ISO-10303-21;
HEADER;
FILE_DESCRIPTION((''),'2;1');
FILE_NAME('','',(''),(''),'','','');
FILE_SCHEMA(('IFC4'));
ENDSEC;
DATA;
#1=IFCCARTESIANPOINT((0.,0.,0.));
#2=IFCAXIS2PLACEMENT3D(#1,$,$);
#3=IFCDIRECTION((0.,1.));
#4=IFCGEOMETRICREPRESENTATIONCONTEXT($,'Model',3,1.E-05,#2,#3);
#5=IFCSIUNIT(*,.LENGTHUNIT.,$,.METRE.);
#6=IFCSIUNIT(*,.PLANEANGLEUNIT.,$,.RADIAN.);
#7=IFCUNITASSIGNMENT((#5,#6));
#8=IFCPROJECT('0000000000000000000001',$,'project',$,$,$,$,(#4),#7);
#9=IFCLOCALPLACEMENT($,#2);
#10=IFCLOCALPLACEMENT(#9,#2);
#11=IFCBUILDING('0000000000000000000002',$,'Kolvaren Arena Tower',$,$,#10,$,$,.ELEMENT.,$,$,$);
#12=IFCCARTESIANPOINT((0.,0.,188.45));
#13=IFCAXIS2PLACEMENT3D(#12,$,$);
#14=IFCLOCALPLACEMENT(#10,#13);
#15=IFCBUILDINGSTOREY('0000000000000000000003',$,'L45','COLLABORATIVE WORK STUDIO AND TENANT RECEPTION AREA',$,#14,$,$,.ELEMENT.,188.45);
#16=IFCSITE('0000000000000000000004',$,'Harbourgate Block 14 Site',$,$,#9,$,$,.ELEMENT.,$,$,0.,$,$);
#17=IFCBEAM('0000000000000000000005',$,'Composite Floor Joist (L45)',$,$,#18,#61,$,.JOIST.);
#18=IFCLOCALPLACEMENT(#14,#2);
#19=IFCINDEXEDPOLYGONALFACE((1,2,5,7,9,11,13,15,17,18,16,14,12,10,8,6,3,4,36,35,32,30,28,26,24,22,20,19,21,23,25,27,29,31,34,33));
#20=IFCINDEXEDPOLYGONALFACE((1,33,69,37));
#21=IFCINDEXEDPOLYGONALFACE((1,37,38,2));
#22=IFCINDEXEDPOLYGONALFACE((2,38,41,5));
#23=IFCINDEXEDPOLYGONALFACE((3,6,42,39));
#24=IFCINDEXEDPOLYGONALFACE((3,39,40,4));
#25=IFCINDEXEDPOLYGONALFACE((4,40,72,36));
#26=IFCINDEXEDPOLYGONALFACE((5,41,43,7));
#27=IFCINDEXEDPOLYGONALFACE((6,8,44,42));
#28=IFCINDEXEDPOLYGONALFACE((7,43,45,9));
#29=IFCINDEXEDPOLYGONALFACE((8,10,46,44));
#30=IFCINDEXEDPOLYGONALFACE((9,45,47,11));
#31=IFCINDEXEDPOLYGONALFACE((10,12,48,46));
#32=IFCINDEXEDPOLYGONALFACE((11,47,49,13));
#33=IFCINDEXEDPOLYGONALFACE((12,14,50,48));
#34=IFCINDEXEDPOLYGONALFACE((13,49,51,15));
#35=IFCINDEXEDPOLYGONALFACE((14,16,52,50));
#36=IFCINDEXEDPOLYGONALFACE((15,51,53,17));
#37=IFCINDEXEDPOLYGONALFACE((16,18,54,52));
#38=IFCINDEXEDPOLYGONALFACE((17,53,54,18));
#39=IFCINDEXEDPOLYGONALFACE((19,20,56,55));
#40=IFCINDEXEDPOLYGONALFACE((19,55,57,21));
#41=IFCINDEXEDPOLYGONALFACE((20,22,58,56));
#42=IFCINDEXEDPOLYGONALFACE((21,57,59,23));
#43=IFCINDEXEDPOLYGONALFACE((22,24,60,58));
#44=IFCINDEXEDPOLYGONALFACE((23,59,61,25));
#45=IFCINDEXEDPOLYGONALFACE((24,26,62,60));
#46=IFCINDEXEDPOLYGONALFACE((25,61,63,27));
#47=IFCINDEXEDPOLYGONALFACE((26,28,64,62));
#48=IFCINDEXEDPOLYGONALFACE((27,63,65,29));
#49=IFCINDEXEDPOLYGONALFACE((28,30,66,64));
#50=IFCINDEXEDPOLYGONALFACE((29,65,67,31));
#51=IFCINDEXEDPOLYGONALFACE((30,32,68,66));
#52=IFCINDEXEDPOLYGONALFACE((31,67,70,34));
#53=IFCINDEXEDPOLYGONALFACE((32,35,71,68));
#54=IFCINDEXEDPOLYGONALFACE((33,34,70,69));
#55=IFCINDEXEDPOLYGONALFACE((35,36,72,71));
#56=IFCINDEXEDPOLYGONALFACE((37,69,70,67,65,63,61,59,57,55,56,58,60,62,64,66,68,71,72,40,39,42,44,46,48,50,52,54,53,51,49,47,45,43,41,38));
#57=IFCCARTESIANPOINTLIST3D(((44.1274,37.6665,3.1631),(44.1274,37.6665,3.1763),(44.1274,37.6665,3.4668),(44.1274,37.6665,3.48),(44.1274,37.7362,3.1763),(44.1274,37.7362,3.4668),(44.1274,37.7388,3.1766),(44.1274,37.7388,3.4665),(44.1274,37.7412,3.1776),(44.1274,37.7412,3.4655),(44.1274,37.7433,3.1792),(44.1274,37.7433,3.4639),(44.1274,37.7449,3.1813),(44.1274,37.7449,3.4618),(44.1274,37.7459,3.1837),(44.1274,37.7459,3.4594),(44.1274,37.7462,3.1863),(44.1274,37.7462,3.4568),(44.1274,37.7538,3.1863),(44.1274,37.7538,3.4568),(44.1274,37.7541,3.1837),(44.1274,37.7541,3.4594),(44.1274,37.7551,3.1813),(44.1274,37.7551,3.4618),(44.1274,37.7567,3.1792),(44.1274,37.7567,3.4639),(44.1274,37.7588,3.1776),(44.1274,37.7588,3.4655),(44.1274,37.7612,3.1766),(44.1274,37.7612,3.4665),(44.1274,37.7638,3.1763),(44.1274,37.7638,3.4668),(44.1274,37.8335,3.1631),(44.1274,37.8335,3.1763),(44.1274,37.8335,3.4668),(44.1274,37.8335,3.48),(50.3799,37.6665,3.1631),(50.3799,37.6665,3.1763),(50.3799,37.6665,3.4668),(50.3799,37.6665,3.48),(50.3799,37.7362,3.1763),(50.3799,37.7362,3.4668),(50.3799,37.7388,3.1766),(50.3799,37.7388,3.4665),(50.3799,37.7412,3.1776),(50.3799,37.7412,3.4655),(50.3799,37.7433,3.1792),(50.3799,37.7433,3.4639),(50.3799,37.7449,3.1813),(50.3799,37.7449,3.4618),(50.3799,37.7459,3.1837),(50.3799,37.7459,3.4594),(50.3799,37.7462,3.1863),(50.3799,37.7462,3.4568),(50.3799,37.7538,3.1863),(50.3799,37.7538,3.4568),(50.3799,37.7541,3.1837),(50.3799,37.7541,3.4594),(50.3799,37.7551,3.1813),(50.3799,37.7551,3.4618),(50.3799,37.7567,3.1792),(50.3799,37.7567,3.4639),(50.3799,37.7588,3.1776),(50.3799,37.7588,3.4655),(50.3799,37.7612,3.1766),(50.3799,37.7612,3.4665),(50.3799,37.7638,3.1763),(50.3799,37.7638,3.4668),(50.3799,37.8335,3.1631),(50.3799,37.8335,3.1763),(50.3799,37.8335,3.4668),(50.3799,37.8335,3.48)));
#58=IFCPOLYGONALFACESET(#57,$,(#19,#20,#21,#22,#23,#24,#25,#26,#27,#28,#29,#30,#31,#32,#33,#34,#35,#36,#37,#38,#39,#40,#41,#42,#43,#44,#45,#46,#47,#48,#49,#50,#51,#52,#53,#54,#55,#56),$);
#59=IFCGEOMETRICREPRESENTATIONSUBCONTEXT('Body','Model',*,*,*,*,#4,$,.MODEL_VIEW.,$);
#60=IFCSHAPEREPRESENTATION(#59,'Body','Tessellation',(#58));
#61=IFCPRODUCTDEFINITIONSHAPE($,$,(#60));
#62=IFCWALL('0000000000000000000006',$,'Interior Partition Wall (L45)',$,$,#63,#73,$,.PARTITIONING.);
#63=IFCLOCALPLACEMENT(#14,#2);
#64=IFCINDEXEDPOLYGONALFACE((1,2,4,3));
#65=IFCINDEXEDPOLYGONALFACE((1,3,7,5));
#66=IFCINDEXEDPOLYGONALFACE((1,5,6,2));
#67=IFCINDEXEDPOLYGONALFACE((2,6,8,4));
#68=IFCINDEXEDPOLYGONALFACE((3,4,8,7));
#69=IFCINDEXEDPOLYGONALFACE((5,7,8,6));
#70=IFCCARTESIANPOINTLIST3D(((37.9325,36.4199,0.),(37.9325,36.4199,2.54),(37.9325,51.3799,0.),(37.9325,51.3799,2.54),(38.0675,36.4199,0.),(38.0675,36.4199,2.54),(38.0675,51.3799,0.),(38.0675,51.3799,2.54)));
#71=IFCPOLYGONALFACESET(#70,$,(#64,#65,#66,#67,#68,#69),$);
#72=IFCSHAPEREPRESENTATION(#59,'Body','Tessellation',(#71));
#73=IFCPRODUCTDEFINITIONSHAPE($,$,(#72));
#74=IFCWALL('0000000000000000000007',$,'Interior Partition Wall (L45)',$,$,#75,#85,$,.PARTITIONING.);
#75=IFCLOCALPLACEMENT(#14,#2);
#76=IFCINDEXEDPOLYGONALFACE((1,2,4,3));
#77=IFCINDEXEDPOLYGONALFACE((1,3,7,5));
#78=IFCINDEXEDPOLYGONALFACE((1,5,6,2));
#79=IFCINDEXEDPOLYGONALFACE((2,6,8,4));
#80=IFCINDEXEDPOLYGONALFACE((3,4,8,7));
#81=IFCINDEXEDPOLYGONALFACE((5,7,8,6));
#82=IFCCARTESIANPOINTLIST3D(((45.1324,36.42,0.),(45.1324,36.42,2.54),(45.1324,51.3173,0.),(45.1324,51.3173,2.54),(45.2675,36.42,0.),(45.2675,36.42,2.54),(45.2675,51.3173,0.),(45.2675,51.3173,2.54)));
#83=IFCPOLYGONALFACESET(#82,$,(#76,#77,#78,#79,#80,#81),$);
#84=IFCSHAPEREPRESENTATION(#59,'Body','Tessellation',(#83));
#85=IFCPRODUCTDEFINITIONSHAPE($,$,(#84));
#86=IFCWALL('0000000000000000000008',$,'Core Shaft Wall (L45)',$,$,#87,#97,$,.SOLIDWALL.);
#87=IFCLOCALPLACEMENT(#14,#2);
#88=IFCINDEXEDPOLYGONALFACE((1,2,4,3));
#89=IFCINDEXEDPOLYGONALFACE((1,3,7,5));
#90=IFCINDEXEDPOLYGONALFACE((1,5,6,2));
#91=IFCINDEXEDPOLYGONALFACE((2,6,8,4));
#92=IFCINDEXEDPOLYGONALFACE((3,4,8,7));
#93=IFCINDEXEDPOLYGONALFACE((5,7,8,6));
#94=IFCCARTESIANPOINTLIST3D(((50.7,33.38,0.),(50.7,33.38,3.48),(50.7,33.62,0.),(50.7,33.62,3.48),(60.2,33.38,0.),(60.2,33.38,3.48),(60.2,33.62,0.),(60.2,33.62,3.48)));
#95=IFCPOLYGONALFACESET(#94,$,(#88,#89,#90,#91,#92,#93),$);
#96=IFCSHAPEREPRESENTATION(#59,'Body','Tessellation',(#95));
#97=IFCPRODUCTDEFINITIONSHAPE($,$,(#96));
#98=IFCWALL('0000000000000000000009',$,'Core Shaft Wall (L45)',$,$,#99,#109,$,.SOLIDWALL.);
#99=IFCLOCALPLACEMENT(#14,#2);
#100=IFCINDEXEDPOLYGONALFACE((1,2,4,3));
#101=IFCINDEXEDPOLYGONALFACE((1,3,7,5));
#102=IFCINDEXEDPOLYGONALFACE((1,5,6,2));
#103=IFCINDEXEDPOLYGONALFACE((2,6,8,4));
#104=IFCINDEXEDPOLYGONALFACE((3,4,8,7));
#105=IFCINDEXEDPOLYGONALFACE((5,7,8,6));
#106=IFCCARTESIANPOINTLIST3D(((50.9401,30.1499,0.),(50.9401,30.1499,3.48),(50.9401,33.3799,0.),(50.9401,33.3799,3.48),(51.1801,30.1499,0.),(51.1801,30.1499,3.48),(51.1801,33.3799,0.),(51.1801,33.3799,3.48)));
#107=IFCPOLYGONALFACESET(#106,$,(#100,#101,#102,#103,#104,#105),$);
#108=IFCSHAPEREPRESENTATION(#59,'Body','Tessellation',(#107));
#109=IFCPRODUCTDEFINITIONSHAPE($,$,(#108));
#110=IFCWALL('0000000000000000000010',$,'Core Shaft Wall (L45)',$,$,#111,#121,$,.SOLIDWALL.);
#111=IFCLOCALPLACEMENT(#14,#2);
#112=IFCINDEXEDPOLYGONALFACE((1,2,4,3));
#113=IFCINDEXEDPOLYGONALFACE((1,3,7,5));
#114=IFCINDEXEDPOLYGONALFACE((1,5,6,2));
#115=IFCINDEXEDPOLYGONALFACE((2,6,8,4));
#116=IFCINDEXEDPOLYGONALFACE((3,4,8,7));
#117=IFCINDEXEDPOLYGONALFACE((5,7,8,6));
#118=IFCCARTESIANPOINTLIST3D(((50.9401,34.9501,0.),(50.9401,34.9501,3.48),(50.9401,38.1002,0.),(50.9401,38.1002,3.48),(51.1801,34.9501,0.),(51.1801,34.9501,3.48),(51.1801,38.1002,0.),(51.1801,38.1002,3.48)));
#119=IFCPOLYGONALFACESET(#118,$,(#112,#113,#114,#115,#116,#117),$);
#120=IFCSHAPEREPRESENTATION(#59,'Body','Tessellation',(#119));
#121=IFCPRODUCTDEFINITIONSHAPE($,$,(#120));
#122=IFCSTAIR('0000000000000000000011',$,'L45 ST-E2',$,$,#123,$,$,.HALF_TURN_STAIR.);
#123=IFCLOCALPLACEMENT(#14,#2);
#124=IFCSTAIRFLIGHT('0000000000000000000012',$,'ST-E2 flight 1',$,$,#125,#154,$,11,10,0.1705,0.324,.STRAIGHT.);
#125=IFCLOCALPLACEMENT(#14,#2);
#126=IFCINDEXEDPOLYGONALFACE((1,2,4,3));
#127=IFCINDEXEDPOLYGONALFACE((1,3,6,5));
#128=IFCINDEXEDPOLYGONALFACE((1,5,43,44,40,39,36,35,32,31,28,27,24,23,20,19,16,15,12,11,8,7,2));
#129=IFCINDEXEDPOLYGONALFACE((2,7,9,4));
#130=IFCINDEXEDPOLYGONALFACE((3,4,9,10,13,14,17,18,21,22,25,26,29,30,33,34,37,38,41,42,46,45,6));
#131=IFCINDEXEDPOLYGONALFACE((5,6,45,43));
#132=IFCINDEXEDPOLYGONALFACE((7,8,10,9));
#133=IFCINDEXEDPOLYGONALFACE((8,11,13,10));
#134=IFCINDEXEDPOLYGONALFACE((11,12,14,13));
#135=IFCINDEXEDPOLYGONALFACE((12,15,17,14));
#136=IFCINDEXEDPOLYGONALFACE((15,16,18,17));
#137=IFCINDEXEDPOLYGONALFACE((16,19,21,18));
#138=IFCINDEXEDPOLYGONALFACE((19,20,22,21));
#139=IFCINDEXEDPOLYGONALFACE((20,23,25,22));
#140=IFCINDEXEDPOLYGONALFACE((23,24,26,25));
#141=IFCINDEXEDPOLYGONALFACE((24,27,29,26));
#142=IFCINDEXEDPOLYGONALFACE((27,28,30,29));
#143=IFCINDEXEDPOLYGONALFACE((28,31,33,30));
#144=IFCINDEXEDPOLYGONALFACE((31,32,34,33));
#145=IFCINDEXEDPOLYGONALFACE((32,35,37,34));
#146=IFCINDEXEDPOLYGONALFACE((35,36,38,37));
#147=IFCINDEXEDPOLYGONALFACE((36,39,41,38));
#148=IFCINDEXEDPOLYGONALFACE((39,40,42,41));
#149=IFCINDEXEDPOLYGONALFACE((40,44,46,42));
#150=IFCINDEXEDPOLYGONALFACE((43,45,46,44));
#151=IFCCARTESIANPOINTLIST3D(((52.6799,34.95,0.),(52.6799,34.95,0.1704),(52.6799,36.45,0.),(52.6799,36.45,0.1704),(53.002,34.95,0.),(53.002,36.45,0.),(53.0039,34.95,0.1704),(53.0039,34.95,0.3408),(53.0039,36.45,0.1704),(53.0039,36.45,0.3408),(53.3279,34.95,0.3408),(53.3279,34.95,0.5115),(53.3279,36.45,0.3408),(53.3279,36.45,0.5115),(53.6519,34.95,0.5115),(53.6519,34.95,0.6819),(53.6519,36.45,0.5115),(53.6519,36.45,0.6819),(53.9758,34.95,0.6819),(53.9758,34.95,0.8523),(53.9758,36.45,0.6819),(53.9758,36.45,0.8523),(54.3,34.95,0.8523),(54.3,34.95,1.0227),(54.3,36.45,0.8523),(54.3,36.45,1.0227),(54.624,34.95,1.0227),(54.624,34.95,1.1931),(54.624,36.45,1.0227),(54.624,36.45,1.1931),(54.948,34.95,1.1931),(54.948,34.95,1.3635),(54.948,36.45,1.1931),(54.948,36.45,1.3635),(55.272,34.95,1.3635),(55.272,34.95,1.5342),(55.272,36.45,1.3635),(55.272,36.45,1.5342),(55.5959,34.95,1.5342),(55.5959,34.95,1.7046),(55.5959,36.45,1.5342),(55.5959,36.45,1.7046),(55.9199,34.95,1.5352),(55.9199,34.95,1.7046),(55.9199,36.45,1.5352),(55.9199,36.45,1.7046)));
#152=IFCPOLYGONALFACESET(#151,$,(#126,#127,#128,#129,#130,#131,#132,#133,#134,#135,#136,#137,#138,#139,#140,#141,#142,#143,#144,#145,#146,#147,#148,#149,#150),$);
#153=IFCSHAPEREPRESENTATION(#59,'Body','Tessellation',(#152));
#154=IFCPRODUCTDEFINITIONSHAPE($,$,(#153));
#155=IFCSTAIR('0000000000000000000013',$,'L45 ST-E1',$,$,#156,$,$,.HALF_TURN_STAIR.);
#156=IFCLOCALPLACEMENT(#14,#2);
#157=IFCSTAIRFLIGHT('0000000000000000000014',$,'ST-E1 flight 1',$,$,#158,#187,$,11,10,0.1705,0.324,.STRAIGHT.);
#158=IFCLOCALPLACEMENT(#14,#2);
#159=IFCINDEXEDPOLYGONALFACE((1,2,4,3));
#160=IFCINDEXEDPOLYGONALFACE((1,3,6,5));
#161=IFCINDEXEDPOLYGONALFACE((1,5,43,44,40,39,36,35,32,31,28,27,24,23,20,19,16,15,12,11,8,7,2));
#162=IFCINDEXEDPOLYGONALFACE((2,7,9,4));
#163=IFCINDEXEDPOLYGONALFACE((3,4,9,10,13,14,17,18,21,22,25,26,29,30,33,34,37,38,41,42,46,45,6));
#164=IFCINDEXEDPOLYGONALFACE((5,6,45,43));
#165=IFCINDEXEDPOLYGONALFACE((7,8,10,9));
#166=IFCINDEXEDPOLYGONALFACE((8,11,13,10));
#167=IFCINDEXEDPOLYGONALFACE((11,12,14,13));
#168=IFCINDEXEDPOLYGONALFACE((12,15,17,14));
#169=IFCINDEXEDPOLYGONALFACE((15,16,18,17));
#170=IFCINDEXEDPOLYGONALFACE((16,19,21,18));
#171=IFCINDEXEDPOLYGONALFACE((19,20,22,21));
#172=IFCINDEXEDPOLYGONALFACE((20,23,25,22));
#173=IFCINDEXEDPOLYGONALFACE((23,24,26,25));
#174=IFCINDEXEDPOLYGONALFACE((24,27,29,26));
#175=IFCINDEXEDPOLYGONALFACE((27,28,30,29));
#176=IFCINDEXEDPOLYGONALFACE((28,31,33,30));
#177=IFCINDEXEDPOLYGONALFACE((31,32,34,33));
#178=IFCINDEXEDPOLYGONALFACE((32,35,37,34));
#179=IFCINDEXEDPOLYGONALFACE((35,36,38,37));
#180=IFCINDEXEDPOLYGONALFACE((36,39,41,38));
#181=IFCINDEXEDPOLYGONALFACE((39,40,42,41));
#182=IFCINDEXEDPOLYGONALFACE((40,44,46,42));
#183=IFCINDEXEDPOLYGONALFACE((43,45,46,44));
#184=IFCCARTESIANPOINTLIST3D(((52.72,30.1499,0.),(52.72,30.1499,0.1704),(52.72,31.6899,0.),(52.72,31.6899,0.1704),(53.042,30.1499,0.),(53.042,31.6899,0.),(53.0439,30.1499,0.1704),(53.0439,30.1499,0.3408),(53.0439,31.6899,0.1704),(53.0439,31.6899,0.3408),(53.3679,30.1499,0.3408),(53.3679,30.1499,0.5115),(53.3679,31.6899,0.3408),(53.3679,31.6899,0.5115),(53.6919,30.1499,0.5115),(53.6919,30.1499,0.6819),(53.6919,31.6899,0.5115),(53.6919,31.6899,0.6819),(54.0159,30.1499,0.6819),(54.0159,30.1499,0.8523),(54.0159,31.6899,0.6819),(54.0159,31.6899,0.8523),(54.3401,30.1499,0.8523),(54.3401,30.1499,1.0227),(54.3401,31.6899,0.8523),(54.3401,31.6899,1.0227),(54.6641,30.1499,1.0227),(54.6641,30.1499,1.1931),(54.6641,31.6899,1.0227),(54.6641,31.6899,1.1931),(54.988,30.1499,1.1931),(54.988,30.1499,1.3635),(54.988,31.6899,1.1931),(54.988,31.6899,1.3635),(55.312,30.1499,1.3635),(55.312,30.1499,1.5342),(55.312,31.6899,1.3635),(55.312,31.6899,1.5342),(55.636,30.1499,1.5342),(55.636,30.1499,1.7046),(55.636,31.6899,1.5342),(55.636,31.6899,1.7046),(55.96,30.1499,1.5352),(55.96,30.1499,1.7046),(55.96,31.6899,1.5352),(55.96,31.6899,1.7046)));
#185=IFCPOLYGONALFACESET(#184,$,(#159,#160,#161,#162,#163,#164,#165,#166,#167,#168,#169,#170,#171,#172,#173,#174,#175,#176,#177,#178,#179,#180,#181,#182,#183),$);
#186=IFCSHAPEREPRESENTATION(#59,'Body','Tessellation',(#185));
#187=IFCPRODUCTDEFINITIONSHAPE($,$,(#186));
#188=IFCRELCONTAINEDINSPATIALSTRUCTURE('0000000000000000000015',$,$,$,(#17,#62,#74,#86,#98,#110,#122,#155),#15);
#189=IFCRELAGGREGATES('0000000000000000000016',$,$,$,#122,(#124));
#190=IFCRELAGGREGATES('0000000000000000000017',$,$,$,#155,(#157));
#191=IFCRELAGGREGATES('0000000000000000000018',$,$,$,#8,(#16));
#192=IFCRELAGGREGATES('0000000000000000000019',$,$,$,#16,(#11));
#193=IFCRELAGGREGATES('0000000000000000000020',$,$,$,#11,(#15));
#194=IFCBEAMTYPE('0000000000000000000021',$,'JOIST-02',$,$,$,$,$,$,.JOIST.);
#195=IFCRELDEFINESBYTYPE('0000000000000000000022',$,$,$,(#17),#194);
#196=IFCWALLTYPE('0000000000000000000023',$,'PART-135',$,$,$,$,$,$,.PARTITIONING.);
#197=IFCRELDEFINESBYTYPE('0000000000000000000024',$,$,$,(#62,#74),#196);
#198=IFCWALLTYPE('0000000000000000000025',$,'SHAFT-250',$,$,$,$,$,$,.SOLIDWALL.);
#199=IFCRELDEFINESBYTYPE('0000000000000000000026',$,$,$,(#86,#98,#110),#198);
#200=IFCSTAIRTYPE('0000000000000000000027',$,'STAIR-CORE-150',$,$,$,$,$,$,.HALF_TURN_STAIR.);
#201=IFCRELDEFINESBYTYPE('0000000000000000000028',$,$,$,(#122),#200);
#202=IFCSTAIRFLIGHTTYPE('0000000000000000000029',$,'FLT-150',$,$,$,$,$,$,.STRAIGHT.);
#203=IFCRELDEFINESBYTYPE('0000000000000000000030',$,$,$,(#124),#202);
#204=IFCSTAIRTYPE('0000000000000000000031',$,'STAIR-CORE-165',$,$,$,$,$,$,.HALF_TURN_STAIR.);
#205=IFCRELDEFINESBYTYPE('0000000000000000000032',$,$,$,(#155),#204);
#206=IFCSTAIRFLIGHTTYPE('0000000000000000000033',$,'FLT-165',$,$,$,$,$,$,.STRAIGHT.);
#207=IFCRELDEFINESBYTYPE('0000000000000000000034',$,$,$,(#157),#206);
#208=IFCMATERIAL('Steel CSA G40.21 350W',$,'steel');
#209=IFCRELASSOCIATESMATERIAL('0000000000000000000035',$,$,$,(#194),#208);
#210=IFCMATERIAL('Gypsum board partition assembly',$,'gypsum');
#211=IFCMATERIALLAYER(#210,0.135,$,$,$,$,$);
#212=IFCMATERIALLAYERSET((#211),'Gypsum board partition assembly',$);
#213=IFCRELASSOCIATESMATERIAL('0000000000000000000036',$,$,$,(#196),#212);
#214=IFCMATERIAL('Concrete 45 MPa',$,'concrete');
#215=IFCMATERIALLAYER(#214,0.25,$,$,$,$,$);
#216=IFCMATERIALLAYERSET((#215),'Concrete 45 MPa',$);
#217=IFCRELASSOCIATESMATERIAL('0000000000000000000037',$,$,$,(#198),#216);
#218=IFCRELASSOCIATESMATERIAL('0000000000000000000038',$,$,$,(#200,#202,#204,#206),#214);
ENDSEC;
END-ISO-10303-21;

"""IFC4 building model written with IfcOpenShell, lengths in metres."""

from ifc_helpers import new_model, si_unit, direction, frame, frame_2d, origin, origin_2d, place, context, subcontext, project, spatial, polyline, rectangle, i_section, outline, extrude, material, layer, layer_set, material_profile, profile_set, type_object, element, aggregate, save


model = new_model("IFC4")

# Units and contexts
model_context = context("Model", 3, precision=1e-05, world=origin(), true_north=direction((0.0, 1.0)))
body_context = subcontext(model_context, "Body", "Model", "MODEL_VIEW")
ifc_project = project(units=[si_unit("LENGTHUNIT", "METRE"), si_unit("PLANEANGLEUNIT", "RADIAN")], contexts=[model_context])

# Site, building, storey
site_placement = place(None, origin())
site = spatial("IfcSite", under=ifc_project, at=site_placement, Name="Harbourgate Block 14 Site", CompositionType="ELEMENT", RefElevation=0.0)
building_placement = place(site_placement, origin())
building = spatial("IfcBuilding", under=site, at=building_placement, Name="Kolvaren Arena Tower", CompositionType="ELEMENT")
storey_placement = place(building_placement, frame((0.0, 0.0, 188.45)))
storey = spatial("IfcBuildingStorey", under=building, at=storey_placement, Name="L45", Description="COLLABORATIVE WORK STUDIO AND TENANT RECEPTION AREA", CompositionType="ELEMENT", Elevation=188.45)

# Beam
ifc_material_1 = material(Name="Steel CSA G40.21 350W", Category="steel")
ifc_material_profile_1 = material_profile(ifc_material_1, i_section(OverallWidth=0.167, OverallDepth=0.3169, WebThickness=0.0076, FlangeThickness=0.0132, FilletRadius=0.01, at=origin_2d()), Name="W310x52")
ifc_profile_set_1 = profile_set([ifc_material_profile_1], Name="Steel CSA G40.21 350W")
beam_type_1 = type_object("IfcBeamType", Name="JOIST-02", PredefinedType="JOIST", material=ifc_profile_set_1)
for number, where, z_axis, x_axis, name in (
    (1, (44.1274, 37.75, 3.3215), (1.0, 0.0, 0.0), (0.0, 1.0, 0.0), "Composite Floor Joist (L45)"),
):
    element("IfcBeam", number, at=place(storey_placement, frame(where, z_axis=z_axis, x_axis=x_axis)), inside=storey, type_object=beam_type_1, Name=name, PredefinedType="JOIST", context=body_context, shape_type="SweptSolid", body=[
        extrude(i_section(OverallWidth=0.167, OverallDepth=0.3169, WebThickness=0.0076, FlangeThickness=0.0132, FilletRadius=0.01, at=origin_2d()), origin(), (0.0, 0.0, 1.0), 6.2524),
    ])

# Walls
ifc_material_2 = material(Name="Gypsum board partition assembly", Category="gypsum")
ifc_layer_1 = layer(ifc_material_2, 0.135)
ifc_layer_set_1 = layer_set([ifc_layer_1], Name="Gypsum board partition assembly")
wall_type_1 = type_object("IfcWallType", Name="PART-135", PredefinedType="PARTITIONING", material=ifc_layer_set_1)
wall_1_placement = place(storey_placement, frame((38.0, 36.4199, 0.0), z_axis=(0.0, 0.0, 1.0), x_axis=(0.0, 1.0, 0.0)))
element("IfcWall", 2, at=wall_1_placement, inside=storey, type_object=wall_type_1, Name="Interior Partition Wall (L45)", PredefinedType="PARTITIONING", context=body_context, shape_type="SweptSolid", body=[
    extrude(rectangle(XDim=14.96, YDim=0.135, at=frame_2d((7.48, 0.0))), origin(), (0.0, 0.0, 1.0), 2.54),
])
wall_2_placement = place(storey_placement, frame((45.2, 36.4199, 0.0), z_axis=(0.0, 0.0, 1.0), x_axis=(0.0, 1.0, 0.0)))
element("IfcWall", 3, at=wall_2_placement, inside=storey, type_object=wall_type_1, Name="Interior Partition Wall (L45)", PredefinedType="PARTITIONING", context=body_context, shape_type="SweptSolid", body=[
    extrude(rectangle(XDim=14.8972, YDim=0.135, at=frame_2d((7.4487, 0.0))), origin(), (0.0, 0.0, 1.0), 2.54),
])
ifc_material_3 = material(Name="Concrete 45 MPa", Category="concrete")
ifc_layer_2 = layer(ifc_material_3, 0.25)
ifc_layer_set_2 = layer_set([ifc_layer_2], Name="Concrete 45 MPa")
wall_type_2 = type_object("IfcWallType", Name="SHAFT-250", PredefinedType="SOLIDWALL", material=ifc_layer_set_2)
wall_3_placement = place(storey_placement, frame((50.7, 33.5, 0.0), z_axis=(0.0, 0.0, 1.0), x_axis=(1.0, 0.0, 0.0)))
element("IfcWall", 4, at=wall_3_placement, inside=storey, type_object=wall_type_2, Name="Core Shaft Wall (L45)", PredefinedType="SOLIDWALL", context=body_context, shape_type="SweptSolid", body=[
    extrude(rectangle(XDim=9.5, YDim=0.24, at=frame_2d((4.75, 0.0))), origin(), (0.0, 0.0, 1.0), 3.48),
])
wall_4_placement = place(storey_placement, frame((51.0601, 30.1499, 0.0), z_axis=(0.0, 0.0, 1.0), x_axis=(0.0, 1.0, 0.0)))
element("IfcWall", 5, at=wall_4_placement, inside=storey, type_object=wall_type_2, Name="Core Shaft Wall (L45)", PredefinedType="SOLIDWALL", context=body_context, shape_type="SweptSolid", body=[
    extrude(rectangle(XDim=3.23, YDim=0.24, at=frame_2d((1.615, 0.0))), origin(), (0.0, 0.0, 1.0), 3.48),
])
wall_5_placement = place(storey_placement, frame((51.0601, 34.95, 0.0), z_axis=(0.0, 0.0, 1.0), x_axis=(0.0, 1.0, 0.0)))
element("IfcWall", 6, at=wall_5_placement, inside=storey, type_object=wall_type_2, Name="Core Shaft Wall (L45)", PredefinedType="SOLIDWALL", context=body_context, shape_type="SweptSolid", body=[
    extrude(rectangle(XDim=3.1501, YDim=0.24, at=frame_2d((1.5752, 0.0))), origin(), (0.0, 0.0, 1.0), 3.48),
])

# Stairs, stair flights
stair_type_1 = type_object("IfcStairType", Name="STAIR-CORE-150", PredefinedType="HALF_TURN_STAIR", material=ifc_material_3)
stair_1_placement = place(storey_placement, origin())
stair_1 = element("IfcStair", 7, at=stair_1_placement, inside=storey, type_object=stair_type_1, Name="L45 ST-E2", PredefinedType="HALF_TURN_STAIR")
stair_flight_type_1 = type_object("IfcStairFlightType", Name="FLT-150", PredefinedType="STRAIGHT", material=ifc_material_3)
stair_flight_1_placement = place(storey_placement, frame((52.6799, 35.7, 0.0), z_axis=(0.0, 0.0, 1.0), x_axis=(1.0, 0.0, 0.0)))
stair_flight_1 = element("IfcStairFlight", 8, at=stair_flight_1_placement, type_object=stair_flight_type_1, Name="ST-E2 flight 1", NumberOfRisers=11, NumberOfTreads=10, PredefinedType="STRAIGHT", RiserHeight=0.1705, TreadLength=0.324, context=body_context, shape_type="SweptSolid", body=[
    extrude(outline(polyline([(0.0, 0.0), (0.0, 0.1704), (0.324, 0.1704), (0.324, 0.3408), (0.6479, 0.3408), (0.6479, 0.5115), (0.9719, 0.5115), (0.9719, 0.6819), (1.2959, 0.6819), (1.2959, 0.8523), (1.6201, 0.8523), (1.6201, 1.0227), (1.9441, 1.0227), (1.9441, 1.1931), (2.2681, 1.1931), (2.2681, 1.3635), (2.592, 1.3635), (2.592, 1.5342), (2.916, 1.5342), (2.916, 1.7046), (3.24, 1.7046), (3.24, 1.875), (3.24, 1.5352), (0.322, 0.0), (0.0, 0.0)])), frame((0.0, 0.75, 0.0), z_axis=(0.0, -1.0, 0.0), x_axis=(1.0, 0.0, 0.0)), (0.0, 0.0, 1.0), 1.5),
])
aggregate(stair_1, [stair_flight_1])
stair_type_2 = type_object("IfcStairType", Name="STAIR-CORE-165", PredefinedType="HALF_TURN_STAIR", material=ifc_material_3)
stair_2_placement = place(storey_placement, origin())
stair_2 = element("IfcStair", 9, at=stair_2_placement, inside=storey, type_object=stair_type_2, Name="L45 ST-E1", PredefinedType="HALF_TURN_STAIR")
stair_flight_type_2 = type_object("IfcStairFlightType", Name="FLT-165", PredefinedType="STRAIGHT", material=ifc_material_3)
stair_flight_2_placement = place(storey_placement, frame((52.72, 30.9199, 0.0), z_axis=(0.0, 0.0, 1.0), x_axis=(1.0, 0.0, 0.0)))
stair_flight_2 = element("IfcStairFlight", 10, at=stair_flight_2_placement, type_object=stair_flight_type_2, Name="ST-E1 flight 1", NumberOfRisers=11, NumberOfTreads=10, PredefinedType="STRAIGHT", RiserHeight=0.1705, TreadLength=0.324, context=body_context, shape_type="SweptSolid", body=[
    extrude(outline(polyline([(0.0, 0.0), (0.0, 0.1704), (0.324, 0.1704), (0.324, 0.3408), (0.6479, 0.3408), (0.6479, 0.5115), (0.9719, 0.5115), (0.9719, 0.6819), (1.2959, 0.6819), (1.2959, 0.8523), (1.6201, 0.8523), (1.6201, 1.0227), (1.9441, 1.0227), (1.9441, 1.1931), (2.2681, 1.1931), (2.2681, 1.3635), (2.592, 1.3635), (2.592, 1.5342), (2.916, 1.5342), (2.916, 1.7046), (3.24, 1.7046), (3.24, 1.875), (3.24, 1.5352), (0.322, 0.0), (0.0, 0.0)])), frame((0.0, 0.77, 0.0), z_axis=(0.0, -1.0, 0.0), x_axis=(1.0, 0.0, 0.0)), (0.0, 0.0, 1.0), 1.54),
])
aggregate(stair_2, [stair_flight_2])

save(model, "model.ifc")
